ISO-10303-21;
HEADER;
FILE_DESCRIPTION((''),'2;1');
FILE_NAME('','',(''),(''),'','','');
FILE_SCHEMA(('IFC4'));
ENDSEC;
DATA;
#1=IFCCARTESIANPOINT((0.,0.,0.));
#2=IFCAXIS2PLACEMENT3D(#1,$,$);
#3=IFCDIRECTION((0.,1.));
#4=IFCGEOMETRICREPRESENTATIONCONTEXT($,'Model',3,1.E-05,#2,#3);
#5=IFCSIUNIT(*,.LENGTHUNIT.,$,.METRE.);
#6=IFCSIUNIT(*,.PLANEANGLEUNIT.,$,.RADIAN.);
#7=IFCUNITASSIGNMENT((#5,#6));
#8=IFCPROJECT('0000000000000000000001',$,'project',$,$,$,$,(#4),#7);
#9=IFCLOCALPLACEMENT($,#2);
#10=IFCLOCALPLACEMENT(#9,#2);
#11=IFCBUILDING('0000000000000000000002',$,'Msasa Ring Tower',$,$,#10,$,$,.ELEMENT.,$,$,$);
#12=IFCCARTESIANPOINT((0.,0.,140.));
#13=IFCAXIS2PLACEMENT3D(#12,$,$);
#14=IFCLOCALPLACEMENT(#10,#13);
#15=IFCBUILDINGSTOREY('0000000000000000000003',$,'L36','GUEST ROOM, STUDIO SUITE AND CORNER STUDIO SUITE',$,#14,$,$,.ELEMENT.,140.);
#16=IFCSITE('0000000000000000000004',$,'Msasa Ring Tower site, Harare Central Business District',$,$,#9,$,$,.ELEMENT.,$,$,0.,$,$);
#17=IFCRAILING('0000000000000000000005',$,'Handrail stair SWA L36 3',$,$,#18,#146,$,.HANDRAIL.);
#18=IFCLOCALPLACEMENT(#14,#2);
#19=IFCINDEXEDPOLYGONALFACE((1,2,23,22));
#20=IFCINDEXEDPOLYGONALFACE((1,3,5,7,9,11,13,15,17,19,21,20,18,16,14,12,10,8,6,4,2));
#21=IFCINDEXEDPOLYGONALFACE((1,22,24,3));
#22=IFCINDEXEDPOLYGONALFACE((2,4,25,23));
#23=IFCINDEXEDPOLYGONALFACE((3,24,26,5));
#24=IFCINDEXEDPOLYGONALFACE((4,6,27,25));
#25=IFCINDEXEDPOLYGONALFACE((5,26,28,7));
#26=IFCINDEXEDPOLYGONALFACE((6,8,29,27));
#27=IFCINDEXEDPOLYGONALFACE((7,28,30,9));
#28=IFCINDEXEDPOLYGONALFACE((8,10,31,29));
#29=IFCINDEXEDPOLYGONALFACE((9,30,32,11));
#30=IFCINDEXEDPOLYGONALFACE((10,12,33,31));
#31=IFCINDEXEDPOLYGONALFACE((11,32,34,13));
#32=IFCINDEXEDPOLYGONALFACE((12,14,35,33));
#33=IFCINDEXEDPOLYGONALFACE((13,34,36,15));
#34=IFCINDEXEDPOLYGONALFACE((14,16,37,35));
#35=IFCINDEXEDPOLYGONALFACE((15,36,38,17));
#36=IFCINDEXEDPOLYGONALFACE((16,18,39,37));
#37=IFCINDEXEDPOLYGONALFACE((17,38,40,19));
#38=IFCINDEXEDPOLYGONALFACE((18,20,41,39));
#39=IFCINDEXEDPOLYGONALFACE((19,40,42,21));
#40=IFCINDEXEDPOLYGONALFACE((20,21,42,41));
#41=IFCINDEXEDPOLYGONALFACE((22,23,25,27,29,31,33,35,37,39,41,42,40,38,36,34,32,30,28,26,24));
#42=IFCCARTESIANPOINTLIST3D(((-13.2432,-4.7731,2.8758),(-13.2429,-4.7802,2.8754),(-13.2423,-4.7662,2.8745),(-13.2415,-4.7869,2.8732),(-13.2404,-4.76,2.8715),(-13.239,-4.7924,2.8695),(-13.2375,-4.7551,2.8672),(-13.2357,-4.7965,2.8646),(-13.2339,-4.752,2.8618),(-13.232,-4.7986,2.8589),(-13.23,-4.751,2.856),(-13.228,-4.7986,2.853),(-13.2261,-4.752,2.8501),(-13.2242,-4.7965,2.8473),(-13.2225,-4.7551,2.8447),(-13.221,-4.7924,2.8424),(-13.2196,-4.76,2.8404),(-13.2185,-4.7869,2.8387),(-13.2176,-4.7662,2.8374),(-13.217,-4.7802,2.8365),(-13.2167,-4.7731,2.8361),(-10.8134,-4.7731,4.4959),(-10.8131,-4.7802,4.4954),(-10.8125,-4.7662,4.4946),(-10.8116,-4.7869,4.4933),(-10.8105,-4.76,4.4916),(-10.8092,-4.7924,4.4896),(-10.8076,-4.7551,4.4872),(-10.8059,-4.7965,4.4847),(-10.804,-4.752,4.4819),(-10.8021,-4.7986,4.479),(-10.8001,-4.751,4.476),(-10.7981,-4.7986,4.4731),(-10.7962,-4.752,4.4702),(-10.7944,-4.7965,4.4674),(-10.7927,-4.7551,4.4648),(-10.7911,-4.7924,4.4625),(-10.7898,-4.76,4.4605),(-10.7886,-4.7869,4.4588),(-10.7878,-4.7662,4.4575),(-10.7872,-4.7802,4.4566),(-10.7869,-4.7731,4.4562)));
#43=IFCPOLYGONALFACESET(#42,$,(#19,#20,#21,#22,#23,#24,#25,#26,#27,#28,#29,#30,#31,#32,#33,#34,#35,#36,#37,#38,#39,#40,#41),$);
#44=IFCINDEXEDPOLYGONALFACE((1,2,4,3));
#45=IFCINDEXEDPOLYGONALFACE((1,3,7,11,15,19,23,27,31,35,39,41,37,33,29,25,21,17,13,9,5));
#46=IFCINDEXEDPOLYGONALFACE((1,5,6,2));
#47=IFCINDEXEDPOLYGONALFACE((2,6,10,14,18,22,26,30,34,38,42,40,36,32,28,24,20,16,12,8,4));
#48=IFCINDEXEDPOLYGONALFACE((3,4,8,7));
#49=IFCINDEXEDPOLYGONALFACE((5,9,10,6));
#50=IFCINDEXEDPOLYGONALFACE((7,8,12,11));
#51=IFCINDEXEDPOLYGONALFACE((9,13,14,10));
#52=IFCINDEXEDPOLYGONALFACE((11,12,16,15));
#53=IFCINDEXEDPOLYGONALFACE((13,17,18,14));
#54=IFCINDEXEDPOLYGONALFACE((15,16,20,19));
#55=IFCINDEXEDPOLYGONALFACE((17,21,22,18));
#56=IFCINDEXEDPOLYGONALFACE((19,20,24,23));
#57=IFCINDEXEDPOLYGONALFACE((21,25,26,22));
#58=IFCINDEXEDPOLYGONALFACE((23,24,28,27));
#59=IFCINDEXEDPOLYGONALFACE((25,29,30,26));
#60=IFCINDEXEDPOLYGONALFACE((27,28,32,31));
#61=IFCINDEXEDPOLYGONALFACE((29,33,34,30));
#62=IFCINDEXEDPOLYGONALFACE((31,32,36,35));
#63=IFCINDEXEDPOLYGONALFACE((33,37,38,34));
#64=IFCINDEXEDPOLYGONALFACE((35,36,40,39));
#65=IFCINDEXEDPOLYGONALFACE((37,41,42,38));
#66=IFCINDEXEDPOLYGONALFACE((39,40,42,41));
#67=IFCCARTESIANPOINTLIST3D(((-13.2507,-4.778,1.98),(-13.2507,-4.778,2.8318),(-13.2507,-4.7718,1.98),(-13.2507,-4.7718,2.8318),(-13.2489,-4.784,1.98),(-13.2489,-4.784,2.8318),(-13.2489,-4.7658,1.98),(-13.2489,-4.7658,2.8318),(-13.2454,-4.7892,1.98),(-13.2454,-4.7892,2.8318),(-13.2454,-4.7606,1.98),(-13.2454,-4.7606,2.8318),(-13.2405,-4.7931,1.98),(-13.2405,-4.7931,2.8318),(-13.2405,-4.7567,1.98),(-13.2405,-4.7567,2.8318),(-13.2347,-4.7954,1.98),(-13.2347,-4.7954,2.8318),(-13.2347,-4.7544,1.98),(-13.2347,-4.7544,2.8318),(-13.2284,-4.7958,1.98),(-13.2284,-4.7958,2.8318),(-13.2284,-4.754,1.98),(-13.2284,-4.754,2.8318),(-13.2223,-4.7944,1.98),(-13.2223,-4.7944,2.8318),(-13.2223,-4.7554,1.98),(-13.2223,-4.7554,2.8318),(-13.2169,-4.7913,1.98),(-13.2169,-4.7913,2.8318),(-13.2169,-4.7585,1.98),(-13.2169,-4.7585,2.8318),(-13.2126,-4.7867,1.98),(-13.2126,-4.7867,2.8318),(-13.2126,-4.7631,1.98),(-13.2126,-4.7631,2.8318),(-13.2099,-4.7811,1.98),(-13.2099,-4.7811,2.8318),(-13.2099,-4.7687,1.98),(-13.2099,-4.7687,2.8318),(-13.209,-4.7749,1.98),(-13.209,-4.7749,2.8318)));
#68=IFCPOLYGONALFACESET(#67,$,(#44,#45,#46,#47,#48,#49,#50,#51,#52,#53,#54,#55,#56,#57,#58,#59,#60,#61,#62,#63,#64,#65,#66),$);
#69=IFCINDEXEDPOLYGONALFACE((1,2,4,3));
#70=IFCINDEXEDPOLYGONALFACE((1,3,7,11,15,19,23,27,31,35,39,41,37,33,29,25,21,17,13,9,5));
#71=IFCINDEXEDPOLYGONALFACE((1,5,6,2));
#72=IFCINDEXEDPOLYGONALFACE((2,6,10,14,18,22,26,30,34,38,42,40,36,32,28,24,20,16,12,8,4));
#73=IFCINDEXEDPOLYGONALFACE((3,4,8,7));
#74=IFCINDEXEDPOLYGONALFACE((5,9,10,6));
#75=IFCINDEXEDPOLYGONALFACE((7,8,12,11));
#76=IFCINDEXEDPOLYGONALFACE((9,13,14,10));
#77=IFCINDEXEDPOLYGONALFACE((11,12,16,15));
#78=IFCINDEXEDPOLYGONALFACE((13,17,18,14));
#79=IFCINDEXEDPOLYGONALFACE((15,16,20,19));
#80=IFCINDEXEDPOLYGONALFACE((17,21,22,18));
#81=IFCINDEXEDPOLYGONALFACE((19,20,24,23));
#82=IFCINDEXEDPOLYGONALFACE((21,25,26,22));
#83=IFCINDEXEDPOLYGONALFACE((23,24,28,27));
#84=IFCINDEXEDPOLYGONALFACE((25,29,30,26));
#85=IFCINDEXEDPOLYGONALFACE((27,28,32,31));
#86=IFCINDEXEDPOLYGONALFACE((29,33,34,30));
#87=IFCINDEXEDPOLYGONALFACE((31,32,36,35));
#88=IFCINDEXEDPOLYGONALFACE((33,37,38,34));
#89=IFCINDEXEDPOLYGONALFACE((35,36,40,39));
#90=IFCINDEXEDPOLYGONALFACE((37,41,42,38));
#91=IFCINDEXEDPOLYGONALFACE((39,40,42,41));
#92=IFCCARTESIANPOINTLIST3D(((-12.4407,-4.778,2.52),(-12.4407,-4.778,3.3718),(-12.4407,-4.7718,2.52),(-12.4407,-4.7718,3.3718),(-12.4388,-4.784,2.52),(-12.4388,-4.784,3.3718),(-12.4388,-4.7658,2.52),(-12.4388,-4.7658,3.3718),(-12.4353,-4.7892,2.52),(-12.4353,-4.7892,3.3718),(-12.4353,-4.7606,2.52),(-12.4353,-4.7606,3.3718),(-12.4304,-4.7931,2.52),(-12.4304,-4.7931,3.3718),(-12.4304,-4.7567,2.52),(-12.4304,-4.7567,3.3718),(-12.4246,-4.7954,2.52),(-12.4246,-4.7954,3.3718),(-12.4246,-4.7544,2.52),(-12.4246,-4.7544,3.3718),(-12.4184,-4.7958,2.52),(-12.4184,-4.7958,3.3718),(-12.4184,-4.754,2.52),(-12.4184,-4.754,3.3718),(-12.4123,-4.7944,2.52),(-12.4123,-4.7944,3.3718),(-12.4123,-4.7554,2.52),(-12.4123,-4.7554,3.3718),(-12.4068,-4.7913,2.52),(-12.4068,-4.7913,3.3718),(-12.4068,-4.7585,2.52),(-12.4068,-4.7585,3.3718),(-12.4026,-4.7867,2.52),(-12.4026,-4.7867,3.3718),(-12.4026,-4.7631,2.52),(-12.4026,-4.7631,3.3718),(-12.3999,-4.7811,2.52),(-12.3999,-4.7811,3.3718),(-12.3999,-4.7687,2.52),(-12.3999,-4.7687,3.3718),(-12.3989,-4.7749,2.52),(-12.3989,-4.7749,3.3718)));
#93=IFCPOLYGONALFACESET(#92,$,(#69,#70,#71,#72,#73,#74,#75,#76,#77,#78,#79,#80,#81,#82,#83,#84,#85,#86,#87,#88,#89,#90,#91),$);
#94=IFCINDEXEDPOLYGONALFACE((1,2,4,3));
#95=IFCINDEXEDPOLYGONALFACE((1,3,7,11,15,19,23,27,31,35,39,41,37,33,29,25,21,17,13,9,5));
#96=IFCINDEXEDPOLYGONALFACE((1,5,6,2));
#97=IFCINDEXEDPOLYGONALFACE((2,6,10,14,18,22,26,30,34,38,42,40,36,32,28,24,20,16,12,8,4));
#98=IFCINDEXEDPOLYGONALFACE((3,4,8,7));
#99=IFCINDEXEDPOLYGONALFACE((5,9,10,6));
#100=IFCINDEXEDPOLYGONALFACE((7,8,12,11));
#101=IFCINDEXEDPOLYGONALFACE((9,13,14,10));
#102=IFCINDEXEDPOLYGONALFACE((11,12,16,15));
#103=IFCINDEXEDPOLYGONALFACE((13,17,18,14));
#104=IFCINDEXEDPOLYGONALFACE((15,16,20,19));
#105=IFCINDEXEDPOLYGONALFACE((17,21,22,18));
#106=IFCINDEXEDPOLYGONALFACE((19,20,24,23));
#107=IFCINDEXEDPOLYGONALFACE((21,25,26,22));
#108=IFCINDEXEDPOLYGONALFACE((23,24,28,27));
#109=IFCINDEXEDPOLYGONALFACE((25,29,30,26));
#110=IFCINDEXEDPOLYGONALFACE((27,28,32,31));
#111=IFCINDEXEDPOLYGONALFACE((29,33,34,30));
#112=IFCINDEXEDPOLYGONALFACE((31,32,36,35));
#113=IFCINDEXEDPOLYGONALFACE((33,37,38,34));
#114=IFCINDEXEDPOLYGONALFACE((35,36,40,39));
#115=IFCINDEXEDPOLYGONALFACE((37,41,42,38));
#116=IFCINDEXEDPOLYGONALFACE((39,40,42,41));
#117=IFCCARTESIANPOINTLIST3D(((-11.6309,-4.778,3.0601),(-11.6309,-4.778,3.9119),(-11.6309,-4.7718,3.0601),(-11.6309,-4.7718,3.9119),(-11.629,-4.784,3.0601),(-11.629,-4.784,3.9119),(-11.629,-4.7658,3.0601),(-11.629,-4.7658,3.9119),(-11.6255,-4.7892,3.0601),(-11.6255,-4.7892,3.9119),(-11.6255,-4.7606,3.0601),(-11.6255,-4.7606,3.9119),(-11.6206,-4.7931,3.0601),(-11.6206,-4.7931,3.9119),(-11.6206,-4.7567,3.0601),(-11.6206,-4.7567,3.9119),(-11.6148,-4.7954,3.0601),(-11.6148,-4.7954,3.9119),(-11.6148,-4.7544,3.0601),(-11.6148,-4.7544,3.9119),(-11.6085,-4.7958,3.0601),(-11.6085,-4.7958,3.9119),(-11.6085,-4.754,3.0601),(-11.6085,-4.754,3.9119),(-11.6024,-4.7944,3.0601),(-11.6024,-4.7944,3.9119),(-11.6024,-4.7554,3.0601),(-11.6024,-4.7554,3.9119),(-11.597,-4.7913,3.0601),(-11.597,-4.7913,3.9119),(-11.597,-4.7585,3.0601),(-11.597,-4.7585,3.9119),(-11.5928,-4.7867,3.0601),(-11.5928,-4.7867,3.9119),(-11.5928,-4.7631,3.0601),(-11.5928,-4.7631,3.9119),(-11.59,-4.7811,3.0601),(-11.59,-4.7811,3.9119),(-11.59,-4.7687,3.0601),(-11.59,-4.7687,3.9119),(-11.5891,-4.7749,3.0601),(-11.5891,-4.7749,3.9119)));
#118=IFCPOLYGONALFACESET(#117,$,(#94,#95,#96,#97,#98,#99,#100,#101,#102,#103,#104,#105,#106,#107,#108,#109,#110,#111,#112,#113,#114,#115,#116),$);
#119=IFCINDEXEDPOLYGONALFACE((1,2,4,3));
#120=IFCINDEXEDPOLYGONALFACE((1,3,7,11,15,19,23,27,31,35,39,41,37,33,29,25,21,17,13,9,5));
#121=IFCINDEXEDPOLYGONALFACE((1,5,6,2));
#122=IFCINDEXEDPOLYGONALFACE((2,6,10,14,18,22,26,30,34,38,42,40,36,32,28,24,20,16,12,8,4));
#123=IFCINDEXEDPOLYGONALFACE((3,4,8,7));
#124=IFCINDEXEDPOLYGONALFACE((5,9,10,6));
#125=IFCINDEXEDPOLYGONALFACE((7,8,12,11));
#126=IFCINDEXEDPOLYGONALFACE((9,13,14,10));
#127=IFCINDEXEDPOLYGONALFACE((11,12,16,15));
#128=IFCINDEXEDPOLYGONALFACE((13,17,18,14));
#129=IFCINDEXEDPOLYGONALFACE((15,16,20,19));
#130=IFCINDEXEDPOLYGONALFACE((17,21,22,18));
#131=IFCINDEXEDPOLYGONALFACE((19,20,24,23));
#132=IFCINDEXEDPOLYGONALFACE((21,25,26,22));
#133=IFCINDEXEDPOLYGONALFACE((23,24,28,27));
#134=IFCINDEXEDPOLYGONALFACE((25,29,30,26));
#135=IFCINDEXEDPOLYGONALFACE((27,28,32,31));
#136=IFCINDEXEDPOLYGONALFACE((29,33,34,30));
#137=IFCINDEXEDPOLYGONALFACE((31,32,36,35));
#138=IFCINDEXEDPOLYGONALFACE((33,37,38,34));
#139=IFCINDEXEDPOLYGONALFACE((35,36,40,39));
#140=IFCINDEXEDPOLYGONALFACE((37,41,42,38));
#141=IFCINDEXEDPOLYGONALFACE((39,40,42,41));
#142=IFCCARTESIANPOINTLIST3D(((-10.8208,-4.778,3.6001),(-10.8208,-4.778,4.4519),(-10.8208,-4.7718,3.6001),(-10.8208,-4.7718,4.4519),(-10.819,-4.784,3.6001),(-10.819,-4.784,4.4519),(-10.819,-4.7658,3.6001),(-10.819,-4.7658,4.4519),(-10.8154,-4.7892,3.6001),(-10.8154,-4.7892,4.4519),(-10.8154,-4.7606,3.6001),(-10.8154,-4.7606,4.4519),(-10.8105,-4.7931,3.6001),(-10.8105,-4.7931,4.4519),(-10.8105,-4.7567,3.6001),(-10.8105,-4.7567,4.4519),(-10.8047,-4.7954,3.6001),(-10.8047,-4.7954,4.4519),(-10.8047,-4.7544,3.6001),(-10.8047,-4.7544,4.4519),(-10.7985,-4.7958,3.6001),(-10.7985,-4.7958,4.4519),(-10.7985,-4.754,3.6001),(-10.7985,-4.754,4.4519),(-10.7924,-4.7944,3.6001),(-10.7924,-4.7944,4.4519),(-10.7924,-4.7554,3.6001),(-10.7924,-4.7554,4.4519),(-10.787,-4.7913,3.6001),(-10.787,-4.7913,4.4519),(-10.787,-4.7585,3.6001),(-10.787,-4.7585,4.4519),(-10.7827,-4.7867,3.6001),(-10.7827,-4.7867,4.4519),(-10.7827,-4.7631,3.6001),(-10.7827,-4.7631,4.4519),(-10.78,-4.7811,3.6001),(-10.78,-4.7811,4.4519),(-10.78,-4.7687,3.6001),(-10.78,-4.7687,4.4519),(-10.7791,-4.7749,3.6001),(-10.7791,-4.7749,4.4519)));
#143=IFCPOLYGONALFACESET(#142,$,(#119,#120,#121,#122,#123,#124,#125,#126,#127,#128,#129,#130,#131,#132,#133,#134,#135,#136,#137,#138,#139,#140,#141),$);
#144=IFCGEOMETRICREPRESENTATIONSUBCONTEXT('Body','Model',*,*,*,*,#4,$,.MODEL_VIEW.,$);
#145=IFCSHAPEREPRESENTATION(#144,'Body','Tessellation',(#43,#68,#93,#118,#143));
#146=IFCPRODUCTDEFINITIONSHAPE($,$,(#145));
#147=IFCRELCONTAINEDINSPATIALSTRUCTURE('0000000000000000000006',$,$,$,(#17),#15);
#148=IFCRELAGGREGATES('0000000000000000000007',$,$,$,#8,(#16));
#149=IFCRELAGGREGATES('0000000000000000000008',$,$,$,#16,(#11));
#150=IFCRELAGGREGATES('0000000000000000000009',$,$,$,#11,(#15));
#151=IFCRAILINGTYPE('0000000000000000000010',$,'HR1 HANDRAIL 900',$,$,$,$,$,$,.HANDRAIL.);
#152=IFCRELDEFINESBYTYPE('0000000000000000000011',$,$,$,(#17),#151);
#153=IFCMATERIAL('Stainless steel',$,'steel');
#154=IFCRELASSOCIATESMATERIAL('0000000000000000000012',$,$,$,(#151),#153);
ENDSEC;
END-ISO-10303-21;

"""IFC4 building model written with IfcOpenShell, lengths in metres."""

from ifc_helpers import new_model, si_unit, direction, frame, origin, origin_2d, place, context, subcontext, project, spatial, circle, extrude, material, type_object, element, save


model = new_model("IFC4")

# Units and contexts
model_context = context("Model", 3, precision=1e-05, world=origin(), true_north=direction((0.0, 1.0)))
body_context = subcontext(model_context, "Body", "Model", "MODEL_VIEW")
ifc_project = project(units=[si_unit("LENGTHUNIT", "METRE"), si_unit("PLANEANGLEUNIT", "RADIAN")], contexts=[model_context])

# Site, building, storey
site_placement = place(None, origin())
site = spatial("IfcSite", under=ifc_project, at=site_placement, Name="Msasa Ring Tower site, Harare Central Business District", CompositionType="ELEMENT", RefElevation=0.0)
building_placement = place(site_placement, origin())
building = spatial("IfcBuilding", under=site, at=building_placement, Name="Msasa Ring Tower", CompositionType="ELEMENT")
storey_placement = place(building_placement, frame((0.0, 0.0, 140.0)))
storey = spatial("IfcBuildingStorey", under=building, at=storey_placement, Name="L36", Description="GUEST ROOM, STUDIO SUITE AND CORNER STUDIO SUITE", CompositionType="ELEMENT", Elevation=140.0)

# Railing
ifc_material_1 = material(Name="Stainless steel", Category="steel")
railing_type = type_object("IfcRailingType", Name="HR1 HANDRAIL 900", PredefinedType="HANDRAIL", material=ifc_material_1)
for number, where, name in (
    (1, (-13.23, -4.7749, 1.98), "Handrail stair SWA L36 3"),
):
    element("IfcRailing", number, at=place(storey_placement, frame(where)), inside=storey, type_object=railing_type, Name=name, PredefinedType="HANDRAIL", context=body_context, shape_type="SweptSolid", body=[
        extrude(circle(Radius=0.0239, at=origin_2d()), frame((0.0, 0.0, 0.876), z_axis=(0.832025, 0.0, 0.554739), x_axis=(0.0, 1.0, 0.0)), (0.0, 0.0, 1.0), 2.9204),
        extrude(circle(Radius=0.021, at=origin_2d()), origin(), (0.0, 0.0, 1.0), 0.8518),
        extrude(circle(Radius=0.021, at=origin_2d()), frame((0.8101, 0.0, 0.54)), (0.0, 0.0, 1.0), 0.8518),
        extrude(circle(Radius=0.021, at=origin_2d()), frame((1.6199, 0.0, 1.0801)), (0.0, 0.0, 1.0), 0.8518),
        extrude(circle(Radius=0.021, at=origin_2d()), frame((2.4299, 0.0, 1.6201)), (0.0, 0.0, 1.0), 0.8518),
    ])

save(model, "model.ifc")
